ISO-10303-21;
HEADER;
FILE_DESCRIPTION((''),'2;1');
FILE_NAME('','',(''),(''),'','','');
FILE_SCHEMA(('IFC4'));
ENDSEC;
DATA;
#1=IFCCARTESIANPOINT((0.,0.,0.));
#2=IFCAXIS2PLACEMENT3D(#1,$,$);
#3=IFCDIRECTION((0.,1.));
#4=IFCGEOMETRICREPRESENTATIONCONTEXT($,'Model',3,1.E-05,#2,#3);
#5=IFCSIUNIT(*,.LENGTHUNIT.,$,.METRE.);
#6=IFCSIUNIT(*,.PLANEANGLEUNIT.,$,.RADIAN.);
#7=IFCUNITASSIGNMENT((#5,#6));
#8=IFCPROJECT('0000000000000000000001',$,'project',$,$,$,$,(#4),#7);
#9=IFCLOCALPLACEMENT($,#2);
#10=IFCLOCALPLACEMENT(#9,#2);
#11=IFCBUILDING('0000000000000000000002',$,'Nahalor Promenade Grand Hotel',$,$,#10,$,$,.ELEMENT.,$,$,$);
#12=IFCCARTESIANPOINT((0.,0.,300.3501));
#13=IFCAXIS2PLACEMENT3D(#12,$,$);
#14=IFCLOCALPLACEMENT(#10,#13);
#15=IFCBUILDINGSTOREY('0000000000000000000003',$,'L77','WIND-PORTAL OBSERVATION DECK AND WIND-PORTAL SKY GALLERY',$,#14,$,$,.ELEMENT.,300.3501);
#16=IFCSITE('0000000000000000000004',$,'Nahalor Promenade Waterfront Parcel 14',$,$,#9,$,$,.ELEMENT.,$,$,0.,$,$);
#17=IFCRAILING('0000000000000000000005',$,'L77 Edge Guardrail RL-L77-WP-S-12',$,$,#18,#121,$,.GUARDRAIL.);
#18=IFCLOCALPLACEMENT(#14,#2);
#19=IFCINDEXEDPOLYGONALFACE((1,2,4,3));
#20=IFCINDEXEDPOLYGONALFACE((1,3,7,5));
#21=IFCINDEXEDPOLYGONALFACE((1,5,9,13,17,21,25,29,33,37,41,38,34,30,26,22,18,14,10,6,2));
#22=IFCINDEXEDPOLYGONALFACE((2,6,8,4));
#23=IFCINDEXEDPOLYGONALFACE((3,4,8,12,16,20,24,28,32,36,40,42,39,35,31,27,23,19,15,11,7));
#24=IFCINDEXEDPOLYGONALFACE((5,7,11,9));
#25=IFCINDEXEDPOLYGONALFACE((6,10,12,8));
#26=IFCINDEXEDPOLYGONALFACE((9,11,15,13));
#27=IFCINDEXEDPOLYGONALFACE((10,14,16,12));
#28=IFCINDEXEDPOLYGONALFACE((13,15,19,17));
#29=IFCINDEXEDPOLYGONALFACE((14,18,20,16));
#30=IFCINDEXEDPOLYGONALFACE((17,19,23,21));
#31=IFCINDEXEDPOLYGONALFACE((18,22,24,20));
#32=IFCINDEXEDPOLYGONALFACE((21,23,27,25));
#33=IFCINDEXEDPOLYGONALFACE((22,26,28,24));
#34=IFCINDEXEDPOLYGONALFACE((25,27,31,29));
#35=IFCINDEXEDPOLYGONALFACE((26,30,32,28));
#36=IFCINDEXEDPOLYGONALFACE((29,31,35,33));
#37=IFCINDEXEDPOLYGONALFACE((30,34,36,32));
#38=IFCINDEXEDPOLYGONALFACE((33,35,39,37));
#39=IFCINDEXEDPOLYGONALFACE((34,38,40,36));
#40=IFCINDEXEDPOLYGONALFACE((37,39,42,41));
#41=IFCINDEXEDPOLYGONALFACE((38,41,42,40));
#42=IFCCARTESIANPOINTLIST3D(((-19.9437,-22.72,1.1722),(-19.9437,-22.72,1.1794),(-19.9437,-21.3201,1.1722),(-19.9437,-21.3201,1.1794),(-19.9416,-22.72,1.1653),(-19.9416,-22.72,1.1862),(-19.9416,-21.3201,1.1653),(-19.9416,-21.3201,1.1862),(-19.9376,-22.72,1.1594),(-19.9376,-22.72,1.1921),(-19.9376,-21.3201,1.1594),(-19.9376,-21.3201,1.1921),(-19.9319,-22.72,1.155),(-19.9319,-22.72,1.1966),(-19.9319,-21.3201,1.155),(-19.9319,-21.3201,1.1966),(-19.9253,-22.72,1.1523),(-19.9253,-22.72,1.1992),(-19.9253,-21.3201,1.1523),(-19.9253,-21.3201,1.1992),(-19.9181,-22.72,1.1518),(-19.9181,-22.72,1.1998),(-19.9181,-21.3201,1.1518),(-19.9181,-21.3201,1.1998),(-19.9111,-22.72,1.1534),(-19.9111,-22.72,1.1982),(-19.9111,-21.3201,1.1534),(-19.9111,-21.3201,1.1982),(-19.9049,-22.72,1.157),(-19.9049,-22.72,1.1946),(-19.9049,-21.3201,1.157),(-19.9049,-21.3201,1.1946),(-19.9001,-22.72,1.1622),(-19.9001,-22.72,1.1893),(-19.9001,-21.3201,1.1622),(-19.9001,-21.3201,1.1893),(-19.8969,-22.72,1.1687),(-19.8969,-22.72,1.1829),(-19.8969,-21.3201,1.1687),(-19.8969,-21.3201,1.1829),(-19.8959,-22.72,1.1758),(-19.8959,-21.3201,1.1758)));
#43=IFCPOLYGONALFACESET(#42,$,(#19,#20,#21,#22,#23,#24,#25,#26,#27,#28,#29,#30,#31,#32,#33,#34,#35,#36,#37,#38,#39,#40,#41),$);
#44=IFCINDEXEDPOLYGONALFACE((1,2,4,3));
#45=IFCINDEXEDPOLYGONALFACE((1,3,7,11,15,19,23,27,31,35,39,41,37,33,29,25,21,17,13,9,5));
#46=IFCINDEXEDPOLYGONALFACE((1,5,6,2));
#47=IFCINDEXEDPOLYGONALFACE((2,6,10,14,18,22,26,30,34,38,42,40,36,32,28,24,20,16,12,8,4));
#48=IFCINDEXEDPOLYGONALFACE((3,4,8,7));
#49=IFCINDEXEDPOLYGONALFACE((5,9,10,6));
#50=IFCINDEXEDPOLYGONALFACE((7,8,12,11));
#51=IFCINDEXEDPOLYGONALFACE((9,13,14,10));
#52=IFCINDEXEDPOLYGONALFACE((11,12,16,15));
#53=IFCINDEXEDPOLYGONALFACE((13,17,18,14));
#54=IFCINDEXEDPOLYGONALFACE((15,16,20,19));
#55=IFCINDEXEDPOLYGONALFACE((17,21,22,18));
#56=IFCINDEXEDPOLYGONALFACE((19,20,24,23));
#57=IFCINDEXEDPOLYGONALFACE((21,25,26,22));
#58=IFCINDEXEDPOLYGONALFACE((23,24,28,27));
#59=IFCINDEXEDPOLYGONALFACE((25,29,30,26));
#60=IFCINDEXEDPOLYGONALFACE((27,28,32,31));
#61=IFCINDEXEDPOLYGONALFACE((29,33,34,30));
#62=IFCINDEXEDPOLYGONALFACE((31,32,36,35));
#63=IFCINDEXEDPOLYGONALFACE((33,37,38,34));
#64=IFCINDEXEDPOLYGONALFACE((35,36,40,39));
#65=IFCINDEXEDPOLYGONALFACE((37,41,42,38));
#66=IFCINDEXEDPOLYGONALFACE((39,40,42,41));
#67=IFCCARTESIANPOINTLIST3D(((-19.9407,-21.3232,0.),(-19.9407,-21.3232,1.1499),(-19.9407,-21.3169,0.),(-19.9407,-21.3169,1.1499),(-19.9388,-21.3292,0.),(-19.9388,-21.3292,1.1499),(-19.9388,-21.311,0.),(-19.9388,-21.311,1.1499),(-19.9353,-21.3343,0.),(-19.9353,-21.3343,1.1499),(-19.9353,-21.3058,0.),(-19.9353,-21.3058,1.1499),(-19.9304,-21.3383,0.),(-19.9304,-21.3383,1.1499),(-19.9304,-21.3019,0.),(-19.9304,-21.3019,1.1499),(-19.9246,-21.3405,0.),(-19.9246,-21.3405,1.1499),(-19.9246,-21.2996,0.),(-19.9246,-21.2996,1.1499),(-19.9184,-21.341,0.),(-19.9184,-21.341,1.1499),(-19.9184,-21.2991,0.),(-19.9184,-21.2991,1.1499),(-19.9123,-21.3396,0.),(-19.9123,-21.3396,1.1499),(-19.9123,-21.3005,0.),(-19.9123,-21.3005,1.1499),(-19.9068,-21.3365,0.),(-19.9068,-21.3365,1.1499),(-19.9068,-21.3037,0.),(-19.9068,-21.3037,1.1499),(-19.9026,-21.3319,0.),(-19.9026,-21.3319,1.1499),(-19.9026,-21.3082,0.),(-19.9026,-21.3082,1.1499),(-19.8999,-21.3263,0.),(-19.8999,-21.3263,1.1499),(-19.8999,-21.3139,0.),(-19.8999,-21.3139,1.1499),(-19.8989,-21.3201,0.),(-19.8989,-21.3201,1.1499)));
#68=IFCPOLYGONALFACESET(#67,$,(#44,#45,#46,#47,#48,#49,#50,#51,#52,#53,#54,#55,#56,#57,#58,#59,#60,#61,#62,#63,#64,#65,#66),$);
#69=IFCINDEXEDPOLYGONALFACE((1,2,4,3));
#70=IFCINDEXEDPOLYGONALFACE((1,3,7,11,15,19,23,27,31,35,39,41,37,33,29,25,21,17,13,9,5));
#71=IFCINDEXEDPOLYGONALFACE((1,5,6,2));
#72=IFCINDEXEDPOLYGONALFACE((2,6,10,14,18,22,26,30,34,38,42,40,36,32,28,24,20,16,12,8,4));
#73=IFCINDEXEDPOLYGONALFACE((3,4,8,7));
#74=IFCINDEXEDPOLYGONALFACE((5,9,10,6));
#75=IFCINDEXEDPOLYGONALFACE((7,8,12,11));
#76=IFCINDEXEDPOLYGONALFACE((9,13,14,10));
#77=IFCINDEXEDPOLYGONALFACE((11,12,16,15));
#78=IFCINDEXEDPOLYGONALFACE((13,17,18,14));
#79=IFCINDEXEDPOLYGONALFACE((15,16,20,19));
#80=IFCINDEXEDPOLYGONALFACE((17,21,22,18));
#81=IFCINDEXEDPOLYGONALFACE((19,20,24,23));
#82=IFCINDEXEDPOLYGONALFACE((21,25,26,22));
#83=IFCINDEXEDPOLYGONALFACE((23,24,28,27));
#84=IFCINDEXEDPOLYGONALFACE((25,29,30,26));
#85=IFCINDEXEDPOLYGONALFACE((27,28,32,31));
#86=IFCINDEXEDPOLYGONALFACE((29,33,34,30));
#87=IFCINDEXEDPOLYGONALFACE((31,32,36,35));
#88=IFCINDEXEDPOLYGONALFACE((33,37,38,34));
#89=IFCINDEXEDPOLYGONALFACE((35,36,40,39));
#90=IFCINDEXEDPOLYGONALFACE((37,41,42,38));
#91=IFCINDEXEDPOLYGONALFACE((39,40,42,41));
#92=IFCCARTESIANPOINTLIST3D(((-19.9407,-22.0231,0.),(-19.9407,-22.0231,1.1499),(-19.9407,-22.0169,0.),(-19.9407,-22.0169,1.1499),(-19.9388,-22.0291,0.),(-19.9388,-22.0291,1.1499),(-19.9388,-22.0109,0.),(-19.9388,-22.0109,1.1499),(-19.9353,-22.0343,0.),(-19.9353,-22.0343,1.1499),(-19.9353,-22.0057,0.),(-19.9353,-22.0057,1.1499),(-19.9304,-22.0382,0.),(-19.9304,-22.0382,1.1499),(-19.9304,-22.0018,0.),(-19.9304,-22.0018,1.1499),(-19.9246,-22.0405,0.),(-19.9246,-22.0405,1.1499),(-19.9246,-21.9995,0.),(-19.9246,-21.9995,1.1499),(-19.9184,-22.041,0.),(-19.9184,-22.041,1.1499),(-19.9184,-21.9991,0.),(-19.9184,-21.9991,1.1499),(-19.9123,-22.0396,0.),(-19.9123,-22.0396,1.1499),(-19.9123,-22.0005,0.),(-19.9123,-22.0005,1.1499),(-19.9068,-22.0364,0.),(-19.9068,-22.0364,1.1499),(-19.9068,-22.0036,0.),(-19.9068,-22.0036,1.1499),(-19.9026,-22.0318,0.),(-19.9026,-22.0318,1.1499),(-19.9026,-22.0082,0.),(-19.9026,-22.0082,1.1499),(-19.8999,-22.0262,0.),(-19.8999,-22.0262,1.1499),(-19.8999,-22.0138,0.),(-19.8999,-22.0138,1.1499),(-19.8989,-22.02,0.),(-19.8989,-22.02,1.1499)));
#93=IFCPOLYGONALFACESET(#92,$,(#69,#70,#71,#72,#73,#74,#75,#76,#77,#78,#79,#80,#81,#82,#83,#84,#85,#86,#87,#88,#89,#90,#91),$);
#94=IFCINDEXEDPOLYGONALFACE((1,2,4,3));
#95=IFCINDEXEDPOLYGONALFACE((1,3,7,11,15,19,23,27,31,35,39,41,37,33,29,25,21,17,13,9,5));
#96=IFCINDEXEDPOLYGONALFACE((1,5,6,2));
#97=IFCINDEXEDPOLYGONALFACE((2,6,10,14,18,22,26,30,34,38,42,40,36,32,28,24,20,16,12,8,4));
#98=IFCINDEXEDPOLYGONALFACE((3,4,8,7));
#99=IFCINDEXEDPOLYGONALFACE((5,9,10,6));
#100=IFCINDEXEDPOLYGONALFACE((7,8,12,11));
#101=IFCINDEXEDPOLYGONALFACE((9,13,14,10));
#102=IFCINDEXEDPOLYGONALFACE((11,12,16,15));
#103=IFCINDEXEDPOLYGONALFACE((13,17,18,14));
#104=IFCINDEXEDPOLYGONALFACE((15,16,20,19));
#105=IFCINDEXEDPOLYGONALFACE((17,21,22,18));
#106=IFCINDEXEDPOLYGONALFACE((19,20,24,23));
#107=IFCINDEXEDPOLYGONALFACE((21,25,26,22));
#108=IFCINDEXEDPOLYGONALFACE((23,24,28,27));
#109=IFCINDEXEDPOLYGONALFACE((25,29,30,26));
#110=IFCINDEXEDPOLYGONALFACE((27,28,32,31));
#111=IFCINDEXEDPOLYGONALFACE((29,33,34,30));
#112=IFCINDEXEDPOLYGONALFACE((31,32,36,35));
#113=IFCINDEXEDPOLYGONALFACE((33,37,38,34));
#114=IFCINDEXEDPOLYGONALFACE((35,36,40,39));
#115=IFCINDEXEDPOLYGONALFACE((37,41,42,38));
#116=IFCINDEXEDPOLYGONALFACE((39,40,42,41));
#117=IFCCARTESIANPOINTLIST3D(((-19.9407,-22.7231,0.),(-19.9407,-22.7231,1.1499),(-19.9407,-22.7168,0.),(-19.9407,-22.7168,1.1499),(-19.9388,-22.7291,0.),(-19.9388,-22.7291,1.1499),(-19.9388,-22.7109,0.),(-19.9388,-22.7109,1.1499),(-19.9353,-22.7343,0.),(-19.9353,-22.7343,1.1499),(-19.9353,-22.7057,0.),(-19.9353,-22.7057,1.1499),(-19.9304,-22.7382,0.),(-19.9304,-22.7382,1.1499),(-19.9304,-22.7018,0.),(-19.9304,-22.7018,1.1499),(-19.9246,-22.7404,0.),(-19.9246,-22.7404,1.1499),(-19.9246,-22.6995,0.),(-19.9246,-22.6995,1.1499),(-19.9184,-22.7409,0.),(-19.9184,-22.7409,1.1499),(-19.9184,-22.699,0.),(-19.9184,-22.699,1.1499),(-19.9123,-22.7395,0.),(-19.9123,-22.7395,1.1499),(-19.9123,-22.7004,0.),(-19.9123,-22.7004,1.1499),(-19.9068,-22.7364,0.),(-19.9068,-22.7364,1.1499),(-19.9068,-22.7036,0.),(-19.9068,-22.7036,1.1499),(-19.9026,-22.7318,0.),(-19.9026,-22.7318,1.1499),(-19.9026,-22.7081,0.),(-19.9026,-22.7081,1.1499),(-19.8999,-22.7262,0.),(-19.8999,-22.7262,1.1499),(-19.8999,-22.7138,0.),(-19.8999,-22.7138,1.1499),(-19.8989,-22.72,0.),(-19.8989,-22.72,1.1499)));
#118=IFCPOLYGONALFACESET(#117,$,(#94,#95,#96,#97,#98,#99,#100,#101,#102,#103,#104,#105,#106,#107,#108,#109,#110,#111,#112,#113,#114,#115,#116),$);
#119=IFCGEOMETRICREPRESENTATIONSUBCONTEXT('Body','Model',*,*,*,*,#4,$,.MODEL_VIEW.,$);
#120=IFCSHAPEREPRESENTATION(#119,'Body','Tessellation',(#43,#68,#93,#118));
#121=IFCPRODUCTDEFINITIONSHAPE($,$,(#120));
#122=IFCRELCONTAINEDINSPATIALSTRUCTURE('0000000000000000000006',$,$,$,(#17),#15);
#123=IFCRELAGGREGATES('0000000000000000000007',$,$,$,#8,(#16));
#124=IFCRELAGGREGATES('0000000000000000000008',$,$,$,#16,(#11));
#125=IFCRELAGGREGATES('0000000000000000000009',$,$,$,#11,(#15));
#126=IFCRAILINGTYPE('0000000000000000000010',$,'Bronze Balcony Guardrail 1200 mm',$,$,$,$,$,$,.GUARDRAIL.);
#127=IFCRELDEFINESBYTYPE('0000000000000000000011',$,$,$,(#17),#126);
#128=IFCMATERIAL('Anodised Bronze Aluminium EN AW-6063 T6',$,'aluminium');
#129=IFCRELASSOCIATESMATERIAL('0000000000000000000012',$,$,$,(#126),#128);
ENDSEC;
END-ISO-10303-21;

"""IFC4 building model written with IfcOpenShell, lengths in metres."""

from ifc_helpers import new_model, si_unit, direction, frame, origin, origin_2d, place, context, subcontext, project, spatial, circle, extrude, material, type_object, element, save


model = new_model("IFC4")

# Units and contexts
model_context = context("Model", 3, precision=1e-05, world=origin(), true_north=direction((0.0, 1.0)))
body_context = subcontext(model_context, "Body", "Model", "MODEL_VIEW")
ifc_project = project(units=[si_unit("LENGTHUNIT", "METRE"), si_unit("PLANEANGLEUNIT", "RADIAN")], contexts=[model_context])

# Site, building, storey
site_placement = place(None, origin())
site = spatial("IfcSite", under=ifc_project, at=site_placement, Name="Nahalor Promenade Waterfront Parcel 14", CompositionType="ELEMENT", RefElevation=0.0)
building_placement = place(site_placement, origin())
building = spatial("IfcBuilding", under=site, at=building_placement, Name="Nahalor Promenade Grand Hotel", CompositionType="ELEMENT")
storey_placement = place(building_placement, frame((0.0, 0.0, 300.3501)))
storey = spatial("IfcBuildingStorey", under=building, at=storey_placement, Name="L77", Description="WIND-PORTAL OBSERVATION DECK AND WIND-PORTAL SKY GALLERY", CompositionType="ELEMENT", Elevation=300.3501)

# Railing
ifc_material_1 = material(Name="Anodised Bronze Aluminium EN AW-6063 T6", Category="aluminium")
railing_type = type_object("IfcRailingType", Name="Bronze Balcony Guardrail 1200 mm", PredefinedType="GUARDRAIL", material=ifc_material_1)
railing_1_placement = place(storey_placement, frame((-19.9199, -21.3201, 0.0)))
element("IfcRailing", 1, at=railing_1_placement, inside=storey, type_object=railing_type, Name="L77 Edge Guardrail RL-L77-WP-S-12", PredefinedType="GUARDRAIL", context=body_context, shape_type="SweptSolid", body=[
    extrude(circle(Radius=0.024, at=origin_2d()), frame((0.0, 0.0, 1.1758), z_axis=(0.0, -1.0, 0.0), x_axis=(1.0, 0.0, 0.0)), (0.0, 0.0, 1.0), 1.3999),
    extrude(circle(Radius=0.021, at=origin_2d()), origin(), (0.0, 0.0, 1.0), 1.1499),
    extrude(circle(Radius=0.021, at=origin_2d()), frame((0.0, -0.7, 0.0)), (0.0, 0.0, 1.0), 1.1499),
    extrude(circle(Radius=0.021, at=origin_2d()), frame((0.0, -1.3999, 0.0)), (0.0, 0.0, 1.0), 1.1499),
])

save(model, "model.ifc")
